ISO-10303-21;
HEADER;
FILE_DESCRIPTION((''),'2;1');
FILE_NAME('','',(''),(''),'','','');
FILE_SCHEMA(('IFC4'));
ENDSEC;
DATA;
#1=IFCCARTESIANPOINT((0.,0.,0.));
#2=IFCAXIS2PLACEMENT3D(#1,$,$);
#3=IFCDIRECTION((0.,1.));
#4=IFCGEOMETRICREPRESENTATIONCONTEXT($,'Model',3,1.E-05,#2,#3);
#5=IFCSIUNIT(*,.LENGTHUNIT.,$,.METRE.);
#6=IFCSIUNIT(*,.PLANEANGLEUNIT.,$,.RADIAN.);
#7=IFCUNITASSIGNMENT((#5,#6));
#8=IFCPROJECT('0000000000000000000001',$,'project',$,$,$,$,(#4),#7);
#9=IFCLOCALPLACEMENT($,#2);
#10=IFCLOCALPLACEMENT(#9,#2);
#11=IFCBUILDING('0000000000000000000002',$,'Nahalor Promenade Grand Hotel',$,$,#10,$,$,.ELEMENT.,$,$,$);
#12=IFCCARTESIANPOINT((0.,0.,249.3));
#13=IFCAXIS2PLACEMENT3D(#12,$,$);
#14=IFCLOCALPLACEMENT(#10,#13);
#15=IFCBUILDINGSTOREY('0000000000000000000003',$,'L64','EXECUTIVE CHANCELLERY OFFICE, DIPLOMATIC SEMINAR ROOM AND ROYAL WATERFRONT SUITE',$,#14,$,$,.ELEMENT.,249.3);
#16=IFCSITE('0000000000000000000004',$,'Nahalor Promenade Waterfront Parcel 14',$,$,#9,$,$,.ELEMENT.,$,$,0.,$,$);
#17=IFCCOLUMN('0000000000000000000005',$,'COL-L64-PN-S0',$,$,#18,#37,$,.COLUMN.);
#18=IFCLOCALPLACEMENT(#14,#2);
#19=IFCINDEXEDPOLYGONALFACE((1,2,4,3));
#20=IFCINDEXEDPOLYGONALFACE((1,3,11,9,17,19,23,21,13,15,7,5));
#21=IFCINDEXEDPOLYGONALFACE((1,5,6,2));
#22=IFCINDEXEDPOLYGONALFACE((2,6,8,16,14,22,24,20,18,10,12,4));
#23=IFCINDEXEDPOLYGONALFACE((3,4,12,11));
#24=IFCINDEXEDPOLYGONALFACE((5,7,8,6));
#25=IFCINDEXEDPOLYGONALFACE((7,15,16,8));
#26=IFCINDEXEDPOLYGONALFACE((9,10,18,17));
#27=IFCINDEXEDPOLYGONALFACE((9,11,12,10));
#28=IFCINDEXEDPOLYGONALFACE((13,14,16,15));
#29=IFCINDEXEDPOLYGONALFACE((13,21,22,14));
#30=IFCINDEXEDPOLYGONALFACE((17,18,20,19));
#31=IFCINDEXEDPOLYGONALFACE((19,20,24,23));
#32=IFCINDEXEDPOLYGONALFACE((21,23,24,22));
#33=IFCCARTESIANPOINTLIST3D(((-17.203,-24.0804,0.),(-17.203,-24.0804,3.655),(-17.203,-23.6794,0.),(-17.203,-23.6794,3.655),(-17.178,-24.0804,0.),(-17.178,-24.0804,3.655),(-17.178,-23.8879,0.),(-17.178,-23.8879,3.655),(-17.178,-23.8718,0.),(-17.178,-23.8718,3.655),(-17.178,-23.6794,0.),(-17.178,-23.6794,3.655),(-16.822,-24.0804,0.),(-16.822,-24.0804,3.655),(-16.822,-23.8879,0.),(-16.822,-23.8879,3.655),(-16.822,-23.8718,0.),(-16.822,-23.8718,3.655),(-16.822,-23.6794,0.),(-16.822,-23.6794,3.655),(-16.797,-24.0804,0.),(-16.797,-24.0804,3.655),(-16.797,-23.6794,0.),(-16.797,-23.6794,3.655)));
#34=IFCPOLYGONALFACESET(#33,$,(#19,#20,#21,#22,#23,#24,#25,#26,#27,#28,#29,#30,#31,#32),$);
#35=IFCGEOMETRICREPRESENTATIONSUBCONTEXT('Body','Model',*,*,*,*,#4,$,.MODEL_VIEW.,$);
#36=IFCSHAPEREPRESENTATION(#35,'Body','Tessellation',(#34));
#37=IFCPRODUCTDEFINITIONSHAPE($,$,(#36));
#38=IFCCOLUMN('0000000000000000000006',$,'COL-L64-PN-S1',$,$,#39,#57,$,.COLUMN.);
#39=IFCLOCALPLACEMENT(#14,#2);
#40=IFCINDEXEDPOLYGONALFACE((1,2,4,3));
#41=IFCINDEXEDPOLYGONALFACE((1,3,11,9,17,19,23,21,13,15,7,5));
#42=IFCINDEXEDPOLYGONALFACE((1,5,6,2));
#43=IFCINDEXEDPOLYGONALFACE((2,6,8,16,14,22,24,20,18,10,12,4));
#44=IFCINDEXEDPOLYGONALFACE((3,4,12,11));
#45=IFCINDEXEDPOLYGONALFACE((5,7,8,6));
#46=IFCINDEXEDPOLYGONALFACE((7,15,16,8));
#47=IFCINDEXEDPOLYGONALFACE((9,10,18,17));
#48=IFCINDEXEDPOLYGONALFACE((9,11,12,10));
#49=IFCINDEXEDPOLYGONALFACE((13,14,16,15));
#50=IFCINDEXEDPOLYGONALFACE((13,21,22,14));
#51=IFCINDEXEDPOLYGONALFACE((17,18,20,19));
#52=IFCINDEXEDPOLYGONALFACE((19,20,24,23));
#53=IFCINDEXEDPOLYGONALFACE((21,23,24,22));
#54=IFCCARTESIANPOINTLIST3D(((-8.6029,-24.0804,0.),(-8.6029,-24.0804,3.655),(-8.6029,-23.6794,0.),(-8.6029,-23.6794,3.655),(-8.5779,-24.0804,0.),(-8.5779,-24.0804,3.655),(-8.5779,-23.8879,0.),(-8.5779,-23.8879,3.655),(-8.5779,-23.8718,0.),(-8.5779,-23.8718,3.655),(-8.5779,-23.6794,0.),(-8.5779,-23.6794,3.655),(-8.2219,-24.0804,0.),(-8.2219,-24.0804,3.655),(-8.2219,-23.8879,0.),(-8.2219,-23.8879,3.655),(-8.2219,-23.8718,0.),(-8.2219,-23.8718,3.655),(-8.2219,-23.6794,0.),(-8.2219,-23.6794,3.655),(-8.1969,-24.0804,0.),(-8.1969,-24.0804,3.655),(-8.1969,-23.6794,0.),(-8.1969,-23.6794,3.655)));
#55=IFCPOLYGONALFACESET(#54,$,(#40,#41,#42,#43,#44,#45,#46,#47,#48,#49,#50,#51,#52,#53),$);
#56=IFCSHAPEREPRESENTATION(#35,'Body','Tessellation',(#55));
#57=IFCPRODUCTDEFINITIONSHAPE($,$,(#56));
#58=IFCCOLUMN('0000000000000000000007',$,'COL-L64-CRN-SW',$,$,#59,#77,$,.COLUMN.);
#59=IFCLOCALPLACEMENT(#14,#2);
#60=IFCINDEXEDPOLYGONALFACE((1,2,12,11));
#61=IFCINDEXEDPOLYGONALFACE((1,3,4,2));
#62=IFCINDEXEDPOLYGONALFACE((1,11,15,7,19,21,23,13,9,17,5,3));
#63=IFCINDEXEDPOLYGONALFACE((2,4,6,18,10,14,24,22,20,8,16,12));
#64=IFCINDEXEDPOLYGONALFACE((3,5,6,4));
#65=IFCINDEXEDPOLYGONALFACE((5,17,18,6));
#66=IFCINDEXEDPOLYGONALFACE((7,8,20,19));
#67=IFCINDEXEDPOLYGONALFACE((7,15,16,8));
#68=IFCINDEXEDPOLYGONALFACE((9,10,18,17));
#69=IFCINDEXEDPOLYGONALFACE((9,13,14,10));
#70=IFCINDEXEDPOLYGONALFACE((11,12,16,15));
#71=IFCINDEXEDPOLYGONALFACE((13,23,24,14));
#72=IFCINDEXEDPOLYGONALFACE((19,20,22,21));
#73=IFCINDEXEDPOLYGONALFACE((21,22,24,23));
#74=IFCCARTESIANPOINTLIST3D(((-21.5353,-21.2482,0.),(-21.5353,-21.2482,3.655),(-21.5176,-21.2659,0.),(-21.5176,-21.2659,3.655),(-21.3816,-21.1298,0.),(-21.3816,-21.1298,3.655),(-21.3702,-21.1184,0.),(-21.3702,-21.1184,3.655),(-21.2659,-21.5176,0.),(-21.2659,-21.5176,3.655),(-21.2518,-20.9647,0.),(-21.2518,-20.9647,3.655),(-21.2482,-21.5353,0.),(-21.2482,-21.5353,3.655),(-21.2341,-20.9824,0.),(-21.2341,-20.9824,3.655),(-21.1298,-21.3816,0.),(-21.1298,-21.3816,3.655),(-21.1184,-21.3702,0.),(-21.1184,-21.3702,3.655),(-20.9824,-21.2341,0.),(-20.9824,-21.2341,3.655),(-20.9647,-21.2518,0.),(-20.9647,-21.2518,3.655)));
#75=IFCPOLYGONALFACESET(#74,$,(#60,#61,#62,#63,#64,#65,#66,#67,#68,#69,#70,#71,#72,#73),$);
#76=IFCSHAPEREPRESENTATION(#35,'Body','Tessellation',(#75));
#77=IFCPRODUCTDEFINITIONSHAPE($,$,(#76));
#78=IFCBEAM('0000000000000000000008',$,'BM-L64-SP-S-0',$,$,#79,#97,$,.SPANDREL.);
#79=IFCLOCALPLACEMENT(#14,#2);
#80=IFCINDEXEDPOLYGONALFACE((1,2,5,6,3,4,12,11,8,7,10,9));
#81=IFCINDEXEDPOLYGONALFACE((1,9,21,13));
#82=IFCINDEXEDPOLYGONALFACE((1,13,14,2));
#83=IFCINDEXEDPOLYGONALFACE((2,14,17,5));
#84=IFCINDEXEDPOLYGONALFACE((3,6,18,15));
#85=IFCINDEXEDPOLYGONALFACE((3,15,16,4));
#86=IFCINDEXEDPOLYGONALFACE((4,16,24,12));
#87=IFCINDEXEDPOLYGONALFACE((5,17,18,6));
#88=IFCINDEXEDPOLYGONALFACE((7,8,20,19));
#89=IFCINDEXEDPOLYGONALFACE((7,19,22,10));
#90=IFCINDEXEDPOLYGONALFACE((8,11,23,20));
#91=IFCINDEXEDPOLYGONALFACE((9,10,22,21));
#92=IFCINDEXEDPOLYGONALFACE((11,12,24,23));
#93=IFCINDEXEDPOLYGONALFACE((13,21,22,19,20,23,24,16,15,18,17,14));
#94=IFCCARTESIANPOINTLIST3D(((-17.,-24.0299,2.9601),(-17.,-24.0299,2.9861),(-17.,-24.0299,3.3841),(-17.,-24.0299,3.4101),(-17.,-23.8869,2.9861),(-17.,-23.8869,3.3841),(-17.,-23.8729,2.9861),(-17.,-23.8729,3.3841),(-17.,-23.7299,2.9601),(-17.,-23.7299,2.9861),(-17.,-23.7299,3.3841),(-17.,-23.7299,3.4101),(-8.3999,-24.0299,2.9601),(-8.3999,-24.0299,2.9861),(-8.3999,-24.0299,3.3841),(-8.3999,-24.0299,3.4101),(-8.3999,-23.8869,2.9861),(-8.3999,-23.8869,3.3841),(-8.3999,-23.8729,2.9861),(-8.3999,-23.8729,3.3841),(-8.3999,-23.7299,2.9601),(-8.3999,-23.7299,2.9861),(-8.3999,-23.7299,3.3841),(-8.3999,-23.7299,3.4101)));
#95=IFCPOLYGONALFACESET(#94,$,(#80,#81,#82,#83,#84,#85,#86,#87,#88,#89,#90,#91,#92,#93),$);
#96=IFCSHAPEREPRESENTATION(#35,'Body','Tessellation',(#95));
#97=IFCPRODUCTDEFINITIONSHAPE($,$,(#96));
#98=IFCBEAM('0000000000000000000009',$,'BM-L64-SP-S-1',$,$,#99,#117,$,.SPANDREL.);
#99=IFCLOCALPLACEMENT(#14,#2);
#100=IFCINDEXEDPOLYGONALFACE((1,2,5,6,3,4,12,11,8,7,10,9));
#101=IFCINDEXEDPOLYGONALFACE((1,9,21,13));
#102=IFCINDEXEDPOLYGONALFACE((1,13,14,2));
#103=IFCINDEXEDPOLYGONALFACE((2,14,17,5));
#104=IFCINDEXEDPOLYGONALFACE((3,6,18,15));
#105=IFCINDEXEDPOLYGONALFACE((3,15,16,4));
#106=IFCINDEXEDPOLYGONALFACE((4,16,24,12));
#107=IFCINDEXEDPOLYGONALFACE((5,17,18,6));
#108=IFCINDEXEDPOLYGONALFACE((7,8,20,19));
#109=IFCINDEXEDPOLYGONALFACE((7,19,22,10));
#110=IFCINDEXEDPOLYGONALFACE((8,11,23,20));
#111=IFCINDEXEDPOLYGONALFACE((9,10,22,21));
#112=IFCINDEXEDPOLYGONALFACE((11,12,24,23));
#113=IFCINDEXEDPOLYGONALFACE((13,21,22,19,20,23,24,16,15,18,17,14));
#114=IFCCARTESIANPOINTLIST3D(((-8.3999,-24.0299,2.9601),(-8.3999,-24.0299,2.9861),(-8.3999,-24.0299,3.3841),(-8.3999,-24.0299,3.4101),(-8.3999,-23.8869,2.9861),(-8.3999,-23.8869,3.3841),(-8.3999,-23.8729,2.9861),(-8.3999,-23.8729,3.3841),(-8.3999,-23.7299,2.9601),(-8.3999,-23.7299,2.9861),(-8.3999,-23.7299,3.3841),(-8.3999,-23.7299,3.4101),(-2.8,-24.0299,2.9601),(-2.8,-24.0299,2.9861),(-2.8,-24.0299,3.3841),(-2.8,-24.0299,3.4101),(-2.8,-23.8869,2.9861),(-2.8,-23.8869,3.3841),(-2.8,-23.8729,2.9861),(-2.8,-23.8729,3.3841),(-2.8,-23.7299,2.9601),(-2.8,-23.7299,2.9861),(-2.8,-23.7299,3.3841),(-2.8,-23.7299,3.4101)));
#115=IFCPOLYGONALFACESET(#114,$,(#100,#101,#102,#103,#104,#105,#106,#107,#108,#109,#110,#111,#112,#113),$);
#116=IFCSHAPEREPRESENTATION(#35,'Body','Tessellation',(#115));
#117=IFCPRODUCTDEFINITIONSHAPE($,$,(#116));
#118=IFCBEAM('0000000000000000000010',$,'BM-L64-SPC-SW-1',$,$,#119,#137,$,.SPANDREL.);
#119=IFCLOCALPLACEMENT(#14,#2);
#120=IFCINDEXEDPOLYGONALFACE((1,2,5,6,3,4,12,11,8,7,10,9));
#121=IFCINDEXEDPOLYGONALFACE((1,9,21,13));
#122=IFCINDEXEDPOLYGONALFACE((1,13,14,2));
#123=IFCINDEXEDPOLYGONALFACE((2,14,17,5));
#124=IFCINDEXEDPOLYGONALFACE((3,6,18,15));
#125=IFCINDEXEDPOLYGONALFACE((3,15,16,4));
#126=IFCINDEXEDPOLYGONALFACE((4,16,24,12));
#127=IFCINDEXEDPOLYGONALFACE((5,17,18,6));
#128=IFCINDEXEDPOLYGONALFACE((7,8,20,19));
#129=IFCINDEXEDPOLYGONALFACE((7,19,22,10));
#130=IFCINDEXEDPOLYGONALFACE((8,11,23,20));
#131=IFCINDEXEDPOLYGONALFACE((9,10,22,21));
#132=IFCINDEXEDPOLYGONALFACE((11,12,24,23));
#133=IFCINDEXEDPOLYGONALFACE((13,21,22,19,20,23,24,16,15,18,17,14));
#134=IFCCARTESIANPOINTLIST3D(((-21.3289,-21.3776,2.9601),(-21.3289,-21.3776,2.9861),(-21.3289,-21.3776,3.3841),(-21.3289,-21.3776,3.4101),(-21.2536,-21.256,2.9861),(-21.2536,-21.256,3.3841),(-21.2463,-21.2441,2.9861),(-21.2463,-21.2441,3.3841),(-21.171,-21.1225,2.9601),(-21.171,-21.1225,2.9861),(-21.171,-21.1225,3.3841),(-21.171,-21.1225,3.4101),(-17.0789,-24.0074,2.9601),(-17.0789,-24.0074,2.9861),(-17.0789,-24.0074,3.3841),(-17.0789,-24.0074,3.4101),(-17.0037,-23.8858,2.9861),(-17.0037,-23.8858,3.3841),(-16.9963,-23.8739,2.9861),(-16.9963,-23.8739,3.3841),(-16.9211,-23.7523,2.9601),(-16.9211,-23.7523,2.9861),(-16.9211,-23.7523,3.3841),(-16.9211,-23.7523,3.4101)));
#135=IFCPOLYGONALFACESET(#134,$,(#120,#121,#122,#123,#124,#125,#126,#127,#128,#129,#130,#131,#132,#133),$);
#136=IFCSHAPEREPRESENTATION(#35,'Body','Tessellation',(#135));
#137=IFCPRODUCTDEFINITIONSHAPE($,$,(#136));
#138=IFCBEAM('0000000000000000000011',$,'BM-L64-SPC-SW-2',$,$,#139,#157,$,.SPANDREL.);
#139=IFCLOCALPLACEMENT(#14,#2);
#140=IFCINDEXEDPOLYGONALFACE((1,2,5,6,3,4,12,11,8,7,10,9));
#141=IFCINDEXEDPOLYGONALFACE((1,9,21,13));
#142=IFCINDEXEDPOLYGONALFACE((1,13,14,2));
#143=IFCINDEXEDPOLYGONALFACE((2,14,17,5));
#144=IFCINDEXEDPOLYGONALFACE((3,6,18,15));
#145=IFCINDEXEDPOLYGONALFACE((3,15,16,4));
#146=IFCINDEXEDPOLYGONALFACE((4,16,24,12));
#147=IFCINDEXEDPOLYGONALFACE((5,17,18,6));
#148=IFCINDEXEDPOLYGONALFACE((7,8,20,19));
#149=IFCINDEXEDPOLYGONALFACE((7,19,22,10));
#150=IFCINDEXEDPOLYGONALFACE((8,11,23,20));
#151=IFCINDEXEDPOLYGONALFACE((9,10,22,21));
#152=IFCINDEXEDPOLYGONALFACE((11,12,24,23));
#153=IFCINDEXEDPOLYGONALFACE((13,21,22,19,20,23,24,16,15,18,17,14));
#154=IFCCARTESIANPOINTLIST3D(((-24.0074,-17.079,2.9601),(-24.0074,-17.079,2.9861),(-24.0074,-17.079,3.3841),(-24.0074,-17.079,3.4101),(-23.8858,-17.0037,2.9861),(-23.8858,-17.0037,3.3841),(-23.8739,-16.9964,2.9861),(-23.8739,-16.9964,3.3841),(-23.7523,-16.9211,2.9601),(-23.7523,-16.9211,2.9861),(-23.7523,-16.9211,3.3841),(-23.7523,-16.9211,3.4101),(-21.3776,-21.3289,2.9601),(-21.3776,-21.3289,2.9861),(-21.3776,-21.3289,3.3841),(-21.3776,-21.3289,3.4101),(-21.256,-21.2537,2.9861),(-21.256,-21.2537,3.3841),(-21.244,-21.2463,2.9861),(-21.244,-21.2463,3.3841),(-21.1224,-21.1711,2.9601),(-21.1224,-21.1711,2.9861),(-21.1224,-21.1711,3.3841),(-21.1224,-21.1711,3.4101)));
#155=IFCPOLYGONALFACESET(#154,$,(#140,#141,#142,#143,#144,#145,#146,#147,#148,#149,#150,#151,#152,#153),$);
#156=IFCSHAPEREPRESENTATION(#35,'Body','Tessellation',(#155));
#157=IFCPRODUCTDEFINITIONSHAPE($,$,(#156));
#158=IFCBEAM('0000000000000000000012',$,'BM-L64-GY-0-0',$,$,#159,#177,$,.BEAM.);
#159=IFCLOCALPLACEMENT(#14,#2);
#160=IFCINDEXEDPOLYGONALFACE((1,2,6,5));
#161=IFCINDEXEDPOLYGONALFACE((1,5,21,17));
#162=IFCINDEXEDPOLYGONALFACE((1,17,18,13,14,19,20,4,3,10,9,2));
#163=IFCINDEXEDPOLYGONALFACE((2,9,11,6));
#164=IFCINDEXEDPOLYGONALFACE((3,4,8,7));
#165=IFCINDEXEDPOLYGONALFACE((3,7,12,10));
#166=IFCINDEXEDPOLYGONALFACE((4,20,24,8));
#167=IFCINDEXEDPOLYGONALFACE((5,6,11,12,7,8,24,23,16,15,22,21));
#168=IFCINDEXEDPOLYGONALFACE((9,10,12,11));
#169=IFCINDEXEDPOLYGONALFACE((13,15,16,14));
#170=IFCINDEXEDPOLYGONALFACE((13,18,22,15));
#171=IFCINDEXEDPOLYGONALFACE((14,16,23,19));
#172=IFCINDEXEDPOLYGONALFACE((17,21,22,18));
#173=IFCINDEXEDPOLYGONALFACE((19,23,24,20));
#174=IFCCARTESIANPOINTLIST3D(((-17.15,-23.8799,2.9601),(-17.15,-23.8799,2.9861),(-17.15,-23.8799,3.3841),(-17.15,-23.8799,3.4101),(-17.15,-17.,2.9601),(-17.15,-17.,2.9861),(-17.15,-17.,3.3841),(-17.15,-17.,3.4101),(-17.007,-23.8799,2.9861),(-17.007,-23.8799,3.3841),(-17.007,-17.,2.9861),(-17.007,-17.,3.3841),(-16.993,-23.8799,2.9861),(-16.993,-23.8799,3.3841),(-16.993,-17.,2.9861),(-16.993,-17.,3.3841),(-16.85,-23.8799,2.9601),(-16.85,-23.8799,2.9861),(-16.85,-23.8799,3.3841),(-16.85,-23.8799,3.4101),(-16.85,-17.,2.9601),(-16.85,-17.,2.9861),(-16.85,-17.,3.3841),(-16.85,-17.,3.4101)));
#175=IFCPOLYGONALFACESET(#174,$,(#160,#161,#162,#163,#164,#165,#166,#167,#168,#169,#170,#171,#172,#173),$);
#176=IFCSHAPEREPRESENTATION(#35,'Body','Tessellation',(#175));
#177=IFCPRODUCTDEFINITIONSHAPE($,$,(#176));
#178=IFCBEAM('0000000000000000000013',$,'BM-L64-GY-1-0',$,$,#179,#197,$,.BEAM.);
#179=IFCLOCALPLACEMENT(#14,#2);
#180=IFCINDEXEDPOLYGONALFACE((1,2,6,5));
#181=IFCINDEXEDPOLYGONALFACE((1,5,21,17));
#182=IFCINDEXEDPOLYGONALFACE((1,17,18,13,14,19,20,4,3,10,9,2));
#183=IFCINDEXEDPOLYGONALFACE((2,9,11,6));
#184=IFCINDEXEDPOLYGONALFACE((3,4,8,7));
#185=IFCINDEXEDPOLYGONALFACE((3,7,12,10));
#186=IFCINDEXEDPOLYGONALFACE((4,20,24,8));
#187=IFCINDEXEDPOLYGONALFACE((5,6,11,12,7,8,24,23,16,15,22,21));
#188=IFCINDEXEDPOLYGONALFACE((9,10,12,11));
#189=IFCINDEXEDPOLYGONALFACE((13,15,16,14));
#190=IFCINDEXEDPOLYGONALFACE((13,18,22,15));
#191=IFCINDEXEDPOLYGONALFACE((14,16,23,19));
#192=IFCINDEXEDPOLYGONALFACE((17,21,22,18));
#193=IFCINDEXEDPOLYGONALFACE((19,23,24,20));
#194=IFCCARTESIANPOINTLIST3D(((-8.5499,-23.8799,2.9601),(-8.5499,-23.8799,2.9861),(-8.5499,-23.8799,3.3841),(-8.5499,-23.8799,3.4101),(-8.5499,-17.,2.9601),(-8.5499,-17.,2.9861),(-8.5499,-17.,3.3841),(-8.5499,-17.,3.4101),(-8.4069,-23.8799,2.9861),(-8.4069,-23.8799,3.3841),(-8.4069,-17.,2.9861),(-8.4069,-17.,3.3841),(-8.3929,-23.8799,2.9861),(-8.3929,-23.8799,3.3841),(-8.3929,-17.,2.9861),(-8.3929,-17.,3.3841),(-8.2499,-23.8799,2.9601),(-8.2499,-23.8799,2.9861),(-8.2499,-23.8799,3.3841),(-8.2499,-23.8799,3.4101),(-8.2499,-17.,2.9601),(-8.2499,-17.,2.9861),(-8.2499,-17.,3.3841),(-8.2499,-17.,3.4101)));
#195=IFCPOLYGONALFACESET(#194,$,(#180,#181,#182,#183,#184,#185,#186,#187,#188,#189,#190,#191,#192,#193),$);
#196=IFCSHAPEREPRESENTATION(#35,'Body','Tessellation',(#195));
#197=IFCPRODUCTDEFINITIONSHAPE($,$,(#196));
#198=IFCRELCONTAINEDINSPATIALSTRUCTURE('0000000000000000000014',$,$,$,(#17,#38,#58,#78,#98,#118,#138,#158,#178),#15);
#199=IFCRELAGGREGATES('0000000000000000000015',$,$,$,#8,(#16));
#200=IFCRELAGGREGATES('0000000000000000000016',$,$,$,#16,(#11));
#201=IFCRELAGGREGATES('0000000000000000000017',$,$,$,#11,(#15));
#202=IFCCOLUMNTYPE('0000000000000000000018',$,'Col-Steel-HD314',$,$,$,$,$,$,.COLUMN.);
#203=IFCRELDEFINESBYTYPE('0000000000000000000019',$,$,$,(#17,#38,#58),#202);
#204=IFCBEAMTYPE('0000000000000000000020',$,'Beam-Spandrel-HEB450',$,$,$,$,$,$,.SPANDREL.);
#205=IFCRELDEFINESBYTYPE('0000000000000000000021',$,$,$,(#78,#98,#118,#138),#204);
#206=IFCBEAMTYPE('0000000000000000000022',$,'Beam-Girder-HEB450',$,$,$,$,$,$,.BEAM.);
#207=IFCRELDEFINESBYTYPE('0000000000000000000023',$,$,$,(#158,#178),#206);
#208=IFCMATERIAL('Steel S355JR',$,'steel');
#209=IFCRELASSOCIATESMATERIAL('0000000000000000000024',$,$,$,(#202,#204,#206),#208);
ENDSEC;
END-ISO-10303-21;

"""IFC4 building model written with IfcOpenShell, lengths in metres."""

from ifc_helpers import new_model, si_unit, direction, frame, origin, origin_2d, place, context, subcontext, project, spatial, i_section, extrude, source, transform, mapped, material, material_profile, profile_set, type_object, element, save


model = new_model("IFC4")

# Units and contexts
model_context = context("Model", 3, precision=1e-05, world=origin(), true_north=direction((0.0, 1.0)))
body_context = subcontext(model_context, "Body", "Model", "MODEL_VIEW")
ifc_project = project(units=[si_unit("LENGTHUNIT", "METRE"), si_unit("PLANEANGLEUNIT", "RADIAN")], contexts=[model_context])

# Site, building, storey
site_placement = place(None, origin())
site = spatial("IfcSite", under=ifc_project, at=site_placement, Name="Nahalor Promenade Waterfront Parcel 14", CompositionType="ELEMENT", RefElevation=0.0)
building_placement = place(site_placement, origin())
building = spatial("IfcBuilding", under=site, at=building_placement, Name="Nahalor Promenade Grand Hotel", CompositionType="ELEMENT")
storey_placement = place(building_placement, frame((0.0, 0.0, 249.3)))
storey = spatial("IfcBuildingStorey", under=building, at=storey_placement, Name="L64", Description="EXECUTIVE CHANCELLERY OFFICE, DIPLOMATIC SEMINAR ROOM AND ROYAL WATERFRONT SUITE", CompositionType="ELEMENT", Elevation=249.3)

# Columns
ifc_material_1 = material(Name="Steel S355JR", Category="steel")
ifc_material_profile_1 = material_profile(ifc_material_1, i_section(OverallWidth=0.401, OverallDepth=0.406, WebThickness=0.0161, FlangeThickness=0.025, at=origin_2d()), Name="HD 400x314")
ifc_profile_set_1 = profile_set([ifc_material_profile_1], Name="Steel S355JR")
column_type = type_object("IfcColumnType", Name="Col-Steel-HD314", PredefinedType="COLUMN", material=ifc_profile_set_1)
shared_shape_1 = source(origin(), body_context, "Body", "SweptSolid", [
    extrude(i_section(OverallWidth=0.401, OverallDepth=0.406, WebThickness=0.0161, FlangeThickness=0.025, at=origin_2d()), origin(), (0.0, 0.0, 1.0), 3.655),
])
for number, where, z_axis, x_axis, name in (
    (1, (-17.0, -23.8799, 0.0), (0.0, 0.0, 1.0), (0.0, 1.0, 0.0), "COL-L64-PN-S0"),
    (2, (-8.3999, -23.8799, 0.0), (0.0, 0.0, 1.0), (0.0, 1.0, 0.0), "COL-L64-PN-S1"),
    (3, (-21.25, -21.25, 0.0), (0.0, 0.0, 1.0), (0.707107, 0.707107, 0.0), "COL-L64-CRN-SW"),
):
    element("IfcColumn", number, at=place(storey_placement, frame(where, z_axis=z_axis, x_axis=x_axis)), inside=storey, type_object=column_type, Name=name, PredefinedType="COLUMN", context=body_context, shape_type="MappedRepresentation", body=[
        mapped(shared_shape_1, transform((0.0, 0.0, 0.0), scale=1.0)),
    ])

# Beams
ifc_material_profile_2 = material_profile(ifc_material_1, i_section(OverallWidth=0.3, OverallDepth=0.45, WebThickness=0.014, FlangeThickness=0.026, at=origin_2d()), Name="HEB 450")
ifc_profile_set_2 = profile_set([ifc_material_profile_2], Name="Steel S355JR")
beam_type_1 = type_object("IfcBeamType", Name="Beam-Spandrel-HEB450", PredefinedType="SPANDREL", material=ifc_profile_set_2)
shared_shape_2 = source(origin(), body_context, "Body", "SweptSolid", [
    extrude(i_section(OverallWidth=0.3, OverallDepth=0.45, WebThickness=0.014, FlangeThickness=0.026, at=origin_2d()), origin(), (0.0, 0.0, 1.0), 8.6001),
])
beam_1_placement = place(storey_placement, frame((-17.0, -23.8799, 3.1851), z_axis=(1.0, 0.0, 0.0), x_axis=(0.0, 1.0, 0.0)))
element("IfcBeam", 4, at=beam_1_placement, inside=storey, type_object=beam_type_1, Name="BM-L64-SP-S-0", PredefinedType="SPANDREL", context=body_context, shape_type="MappedRepresentation", body=[
    mapped(shared_shape_2, transform((0.0, 0.0, 0.0), scale=1.0)),
])
shared_shape_3 = source(origin(), body_context, "Body", "SweptSolid", [
    extrude(i_section(OverallWidth=0.3, OverallDepth=0.45, WebThickness=0.014, FlangeThickness=0.026, at=origin_2d()), origin(), (0.0, 0.0, 1.0), 5.5999),
])
beam_2_placement = place(storey_placement, frame((-8.3999, -23.8799, 3.1851), z_axis=(1.0, 0.0, 0.0), x_axis=(0.0, 1.0, 0.0)))
element("IfcBeam", 5, at=beam_2_placement, inside=storey, type_object=beam_type_1, Name="BM-L64-SP-S-1", PredefinedType="SPANDREL", context=body_context, shape_type="MappedRepresentation", body=[
    mapped(shared_shape_3, transform((0.0, 0.0, 0.0), scale=1.0)),
])
shared_shape_4 = source(origin(), body_context, "Body", "SweptSolid", [
    extrude(i_section(OverallWidth=0.3, OverallDepth=0.45, WebThickness=0.014, FlangeThickness=0.026, at=origin_2d()), origin(), (0.0, 0.0, 1.0), 4.9978),
])
for number, where, z_axis, x_axis, name in (
    (6, (-17.0, -23.8799, 3.1851), (-0.850361, 0.5262, 0.0), (-0.5262, -0.850361, 0.0), "BM-L64-SPC-SW-1"),
    (7, (-21.25, -21.25, 3.1851), (-0.5262, 0.850361, 0.0), (-0.850361, -0.5262, 0.0), "BM-L64-SPC-SW-2"),
):
    element("IfcBeam", number, at=place(storey_placement, frame(where, z_axis=z_axis, x_axis=x_axis)), inside=storey, type_object=beam_type_1, Name=name, PredefinedType="SPANDREL", context=body_context, shape_type="MappedRepresentation", body=[
        mapped(shared_shape_4, transform((0.0, 0.0, 0.0), scale=1.0)),
    ])
ifc_material_profile_3 = material_profile(ifc_material_1, i_section(OverallWidth=0.3, OverallDepth=0.45, WebThickness=0.014, FlangeThickness=0.026, at=origin_2d()), Name="HEB 450")
ifc_profile_set_3 = profile_set([ifc_material_profile_3], Name="Steel S355JR")
beam_type_2 = type_object("IfcBeamType", Name="Beam-Girder-HEB450", PredefinedType="BEAM", material=ifc_profile_set_3)
shared_shape_5 = source(origin(), body_context, "Body", "SweptSolid", [
    extrude(i_section(OverallWidth=0.3, OverallDepth=0.45, WebThickness=0.014, FlangeThickness=0.026, at=origin_2d()), origin(), (0.0, 0.0, 1.0), 6.8799),
])
for number, where, z_axis, x_axis, name in (
    (8, (-17.0, -23.8799, 3.1851), (0.0, 1.0, 0.0), (-1.0, 0.0, 0.0), "BM-L64-GY-0-0"),
    (9, (-8.3999, -23.8799, 3.1851), (0.0, 1.0, 0.0), (-1.0, 0.0, 0.0), "BM-L64-GY-1-0"),
):
    element("IfcBeam", number, at=place(storey_placement, frame(where, z_axis=z_axis, x_axis=x_axis)), inside=storey, type_object=beam_type_2, Name=name, PredefinedType="BEAM", context=body_context, shape_type="MappedRepresentation", body=[
        mapped(shared_shape_5, transform((0.0, 0.0, 0.0), scale=1.0)),
    ])

save(model, "model.ifc")
